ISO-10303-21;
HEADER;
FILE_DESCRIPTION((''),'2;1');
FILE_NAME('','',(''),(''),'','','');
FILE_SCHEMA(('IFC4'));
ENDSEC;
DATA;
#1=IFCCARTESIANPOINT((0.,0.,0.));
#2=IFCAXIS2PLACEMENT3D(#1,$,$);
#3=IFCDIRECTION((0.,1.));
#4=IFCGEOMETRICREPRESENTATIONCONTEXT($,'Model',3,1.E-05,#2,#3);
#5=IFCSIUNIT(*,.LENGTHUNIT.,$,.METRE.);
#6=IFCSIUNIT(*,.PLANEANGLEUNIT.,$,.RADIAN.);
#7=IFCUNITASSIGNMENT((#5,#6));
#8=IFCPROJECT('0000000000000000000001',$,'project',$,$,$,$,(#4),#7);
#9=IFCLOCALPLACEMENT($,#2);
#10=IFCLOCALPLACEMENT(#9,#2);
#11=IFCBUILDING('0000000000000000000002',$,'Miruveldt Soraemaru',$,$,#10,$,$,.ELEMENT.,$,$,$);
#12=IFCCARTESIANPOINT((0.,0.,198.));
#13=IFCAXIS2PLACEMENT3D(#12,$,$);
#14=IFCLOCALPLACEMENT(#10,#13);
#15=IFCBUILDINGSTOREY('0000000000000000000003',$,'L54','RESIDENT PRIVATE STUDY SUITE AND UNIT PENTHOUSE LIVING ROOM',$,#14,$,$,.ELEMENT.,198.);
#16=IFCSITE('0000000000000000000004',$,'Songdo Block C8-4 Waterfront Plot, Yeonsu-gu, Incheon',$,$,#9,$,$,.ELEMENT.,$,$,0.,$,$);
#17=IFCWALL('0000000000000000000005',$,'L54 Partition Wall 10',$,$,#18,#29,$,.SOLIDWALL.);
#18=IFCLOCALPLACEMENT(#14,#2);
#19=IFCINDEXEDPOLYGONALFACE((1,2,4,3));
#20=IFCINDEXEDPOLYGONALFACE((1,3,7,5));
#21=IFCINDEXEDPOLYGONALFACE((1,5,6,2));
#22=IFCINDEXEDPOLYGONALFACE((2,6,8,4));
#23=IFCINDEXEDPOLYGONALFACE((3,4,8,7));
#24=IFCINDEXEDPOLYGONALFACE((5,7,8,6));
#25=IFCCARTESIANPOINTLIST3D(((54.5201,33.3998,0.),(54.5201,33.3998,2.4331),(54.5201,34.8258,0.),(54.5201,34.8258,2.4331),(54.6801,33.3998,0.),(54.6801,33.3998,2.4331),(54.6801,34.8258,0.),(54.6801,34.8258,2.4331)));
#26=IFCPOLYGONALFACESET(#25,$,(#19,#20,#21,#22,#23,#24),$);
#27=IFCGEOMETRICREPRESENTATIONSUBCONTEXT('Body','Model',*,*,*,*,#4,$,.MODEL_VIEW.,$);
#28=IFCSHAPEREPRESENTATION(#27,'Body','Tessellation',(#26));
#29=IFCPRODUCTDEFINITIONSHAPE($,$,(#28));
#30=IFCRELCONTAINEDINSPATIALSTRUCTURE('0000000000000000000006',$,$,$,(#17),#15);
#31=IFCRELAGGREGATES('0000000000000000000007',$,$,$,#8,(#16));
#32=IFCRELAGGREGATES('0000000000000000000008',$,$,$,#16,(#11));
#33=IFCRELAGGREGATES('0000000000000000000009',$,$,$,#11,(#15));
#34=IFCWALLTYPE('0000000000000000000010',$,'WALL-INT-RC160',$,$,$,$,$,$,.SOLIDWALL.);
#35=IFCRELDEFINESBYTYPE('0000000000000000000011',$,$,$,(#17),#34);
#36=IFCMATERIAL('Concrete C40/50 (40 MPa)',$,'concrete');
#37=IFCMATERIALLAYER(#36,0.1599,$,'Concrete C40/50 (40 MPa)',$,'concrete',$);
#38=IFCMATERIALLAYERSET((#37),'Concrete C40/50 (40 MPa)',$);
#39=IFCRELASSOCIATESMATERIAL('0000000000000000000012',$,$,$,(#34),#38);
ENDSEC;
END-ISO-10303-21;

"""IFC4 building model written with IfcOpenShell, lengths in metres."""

from ifc_helpers import new_model, si_unit, direction, frame, frame_2d, origin, place, context, subcontext, project, spatial, rectangle, extrude, material, layer, layer_set, type_object, element, save


model = new_model("IFC4")

# Units and contexts
model_context = context("Model", 3, precision=1e-05, world=origin(), true_north=direction((0.0, 1.0)))
body_context = subcontext(model_context, "Body", "Model", "MODEL_VIEW")
ifc_project = project(units=[si_unit("LENGTHUNIT", "METRE"), si_unit("PLANEANGLEUNIT", "RADIAN")], contexts=[model_context])

# Site, building, storey
site_placement = place(None, origin())
site = spatial("IfcSite", under=ifc_project, at=site_placement, Name="Songdo Block C8-4 Waterfront Plot, Yeonsu-gu, Incheon", CompositionType="ELEMENT", RefElevation=0.0)
building_placement = place(site_placement, origin())
building = spatial("IfcBuilding", under=site, at=building_placement, Name="Miruveldt Soraemaru", CompositionType="ELEMENT")
storey_placement = place(building_placement, frame((0.0, 0.0, 198.0)))
storey = spatial("IfcBuildingStorey", under=building, at=storey_placement, Name="L54", Description="RESIDENT PRIVATE STUDY SUITE AND UNIT PENTHOUSE LIVING ROOM", CompositionType="ELEMENT", Elevation=198.0)

# Wall
ifc_material_1 = material(Name="Concrete C40/50 (40 MPa)", Category="concrete")
ifc_layer_1 = layer(ifc_material_1, 0.1599, Name="Concrete C40/50 (40 MPa)", Category="concrete")
ifc_layer_set_1 = layer_set([ifc_layer_1], Name="Concrete C40/50 (40 MPa)")
wall_type_1 = type_object("IfcWallType", Name="WALL-INT-RC160", PredefinedType="SOLIDWALL", material=ifc_layer_set_1)
wall_1_placement = place(storey_placement, frame((54.6001, 33.3999, 0.0), z_axis=(0.0, 0.0, 1.0), x_axis=(0.0, 1.0, 0.0)))
element("IfcWall", 1, at=wall_1_placement, inside=storey, type_object=wall_type_1, Name="L54 Partition Wall 10", PredefinedType="SOLIDWALL", context=body_context, shape_type="SweptSolid", body=[
    extrude(rectangle(XDim=1.426, YDim=0.1599, at=frame_2d((0.7129, 0.0))), origin(), (0.0, 0.0, 1.0), 2.4331),
])

save(model, "model.ifc")
